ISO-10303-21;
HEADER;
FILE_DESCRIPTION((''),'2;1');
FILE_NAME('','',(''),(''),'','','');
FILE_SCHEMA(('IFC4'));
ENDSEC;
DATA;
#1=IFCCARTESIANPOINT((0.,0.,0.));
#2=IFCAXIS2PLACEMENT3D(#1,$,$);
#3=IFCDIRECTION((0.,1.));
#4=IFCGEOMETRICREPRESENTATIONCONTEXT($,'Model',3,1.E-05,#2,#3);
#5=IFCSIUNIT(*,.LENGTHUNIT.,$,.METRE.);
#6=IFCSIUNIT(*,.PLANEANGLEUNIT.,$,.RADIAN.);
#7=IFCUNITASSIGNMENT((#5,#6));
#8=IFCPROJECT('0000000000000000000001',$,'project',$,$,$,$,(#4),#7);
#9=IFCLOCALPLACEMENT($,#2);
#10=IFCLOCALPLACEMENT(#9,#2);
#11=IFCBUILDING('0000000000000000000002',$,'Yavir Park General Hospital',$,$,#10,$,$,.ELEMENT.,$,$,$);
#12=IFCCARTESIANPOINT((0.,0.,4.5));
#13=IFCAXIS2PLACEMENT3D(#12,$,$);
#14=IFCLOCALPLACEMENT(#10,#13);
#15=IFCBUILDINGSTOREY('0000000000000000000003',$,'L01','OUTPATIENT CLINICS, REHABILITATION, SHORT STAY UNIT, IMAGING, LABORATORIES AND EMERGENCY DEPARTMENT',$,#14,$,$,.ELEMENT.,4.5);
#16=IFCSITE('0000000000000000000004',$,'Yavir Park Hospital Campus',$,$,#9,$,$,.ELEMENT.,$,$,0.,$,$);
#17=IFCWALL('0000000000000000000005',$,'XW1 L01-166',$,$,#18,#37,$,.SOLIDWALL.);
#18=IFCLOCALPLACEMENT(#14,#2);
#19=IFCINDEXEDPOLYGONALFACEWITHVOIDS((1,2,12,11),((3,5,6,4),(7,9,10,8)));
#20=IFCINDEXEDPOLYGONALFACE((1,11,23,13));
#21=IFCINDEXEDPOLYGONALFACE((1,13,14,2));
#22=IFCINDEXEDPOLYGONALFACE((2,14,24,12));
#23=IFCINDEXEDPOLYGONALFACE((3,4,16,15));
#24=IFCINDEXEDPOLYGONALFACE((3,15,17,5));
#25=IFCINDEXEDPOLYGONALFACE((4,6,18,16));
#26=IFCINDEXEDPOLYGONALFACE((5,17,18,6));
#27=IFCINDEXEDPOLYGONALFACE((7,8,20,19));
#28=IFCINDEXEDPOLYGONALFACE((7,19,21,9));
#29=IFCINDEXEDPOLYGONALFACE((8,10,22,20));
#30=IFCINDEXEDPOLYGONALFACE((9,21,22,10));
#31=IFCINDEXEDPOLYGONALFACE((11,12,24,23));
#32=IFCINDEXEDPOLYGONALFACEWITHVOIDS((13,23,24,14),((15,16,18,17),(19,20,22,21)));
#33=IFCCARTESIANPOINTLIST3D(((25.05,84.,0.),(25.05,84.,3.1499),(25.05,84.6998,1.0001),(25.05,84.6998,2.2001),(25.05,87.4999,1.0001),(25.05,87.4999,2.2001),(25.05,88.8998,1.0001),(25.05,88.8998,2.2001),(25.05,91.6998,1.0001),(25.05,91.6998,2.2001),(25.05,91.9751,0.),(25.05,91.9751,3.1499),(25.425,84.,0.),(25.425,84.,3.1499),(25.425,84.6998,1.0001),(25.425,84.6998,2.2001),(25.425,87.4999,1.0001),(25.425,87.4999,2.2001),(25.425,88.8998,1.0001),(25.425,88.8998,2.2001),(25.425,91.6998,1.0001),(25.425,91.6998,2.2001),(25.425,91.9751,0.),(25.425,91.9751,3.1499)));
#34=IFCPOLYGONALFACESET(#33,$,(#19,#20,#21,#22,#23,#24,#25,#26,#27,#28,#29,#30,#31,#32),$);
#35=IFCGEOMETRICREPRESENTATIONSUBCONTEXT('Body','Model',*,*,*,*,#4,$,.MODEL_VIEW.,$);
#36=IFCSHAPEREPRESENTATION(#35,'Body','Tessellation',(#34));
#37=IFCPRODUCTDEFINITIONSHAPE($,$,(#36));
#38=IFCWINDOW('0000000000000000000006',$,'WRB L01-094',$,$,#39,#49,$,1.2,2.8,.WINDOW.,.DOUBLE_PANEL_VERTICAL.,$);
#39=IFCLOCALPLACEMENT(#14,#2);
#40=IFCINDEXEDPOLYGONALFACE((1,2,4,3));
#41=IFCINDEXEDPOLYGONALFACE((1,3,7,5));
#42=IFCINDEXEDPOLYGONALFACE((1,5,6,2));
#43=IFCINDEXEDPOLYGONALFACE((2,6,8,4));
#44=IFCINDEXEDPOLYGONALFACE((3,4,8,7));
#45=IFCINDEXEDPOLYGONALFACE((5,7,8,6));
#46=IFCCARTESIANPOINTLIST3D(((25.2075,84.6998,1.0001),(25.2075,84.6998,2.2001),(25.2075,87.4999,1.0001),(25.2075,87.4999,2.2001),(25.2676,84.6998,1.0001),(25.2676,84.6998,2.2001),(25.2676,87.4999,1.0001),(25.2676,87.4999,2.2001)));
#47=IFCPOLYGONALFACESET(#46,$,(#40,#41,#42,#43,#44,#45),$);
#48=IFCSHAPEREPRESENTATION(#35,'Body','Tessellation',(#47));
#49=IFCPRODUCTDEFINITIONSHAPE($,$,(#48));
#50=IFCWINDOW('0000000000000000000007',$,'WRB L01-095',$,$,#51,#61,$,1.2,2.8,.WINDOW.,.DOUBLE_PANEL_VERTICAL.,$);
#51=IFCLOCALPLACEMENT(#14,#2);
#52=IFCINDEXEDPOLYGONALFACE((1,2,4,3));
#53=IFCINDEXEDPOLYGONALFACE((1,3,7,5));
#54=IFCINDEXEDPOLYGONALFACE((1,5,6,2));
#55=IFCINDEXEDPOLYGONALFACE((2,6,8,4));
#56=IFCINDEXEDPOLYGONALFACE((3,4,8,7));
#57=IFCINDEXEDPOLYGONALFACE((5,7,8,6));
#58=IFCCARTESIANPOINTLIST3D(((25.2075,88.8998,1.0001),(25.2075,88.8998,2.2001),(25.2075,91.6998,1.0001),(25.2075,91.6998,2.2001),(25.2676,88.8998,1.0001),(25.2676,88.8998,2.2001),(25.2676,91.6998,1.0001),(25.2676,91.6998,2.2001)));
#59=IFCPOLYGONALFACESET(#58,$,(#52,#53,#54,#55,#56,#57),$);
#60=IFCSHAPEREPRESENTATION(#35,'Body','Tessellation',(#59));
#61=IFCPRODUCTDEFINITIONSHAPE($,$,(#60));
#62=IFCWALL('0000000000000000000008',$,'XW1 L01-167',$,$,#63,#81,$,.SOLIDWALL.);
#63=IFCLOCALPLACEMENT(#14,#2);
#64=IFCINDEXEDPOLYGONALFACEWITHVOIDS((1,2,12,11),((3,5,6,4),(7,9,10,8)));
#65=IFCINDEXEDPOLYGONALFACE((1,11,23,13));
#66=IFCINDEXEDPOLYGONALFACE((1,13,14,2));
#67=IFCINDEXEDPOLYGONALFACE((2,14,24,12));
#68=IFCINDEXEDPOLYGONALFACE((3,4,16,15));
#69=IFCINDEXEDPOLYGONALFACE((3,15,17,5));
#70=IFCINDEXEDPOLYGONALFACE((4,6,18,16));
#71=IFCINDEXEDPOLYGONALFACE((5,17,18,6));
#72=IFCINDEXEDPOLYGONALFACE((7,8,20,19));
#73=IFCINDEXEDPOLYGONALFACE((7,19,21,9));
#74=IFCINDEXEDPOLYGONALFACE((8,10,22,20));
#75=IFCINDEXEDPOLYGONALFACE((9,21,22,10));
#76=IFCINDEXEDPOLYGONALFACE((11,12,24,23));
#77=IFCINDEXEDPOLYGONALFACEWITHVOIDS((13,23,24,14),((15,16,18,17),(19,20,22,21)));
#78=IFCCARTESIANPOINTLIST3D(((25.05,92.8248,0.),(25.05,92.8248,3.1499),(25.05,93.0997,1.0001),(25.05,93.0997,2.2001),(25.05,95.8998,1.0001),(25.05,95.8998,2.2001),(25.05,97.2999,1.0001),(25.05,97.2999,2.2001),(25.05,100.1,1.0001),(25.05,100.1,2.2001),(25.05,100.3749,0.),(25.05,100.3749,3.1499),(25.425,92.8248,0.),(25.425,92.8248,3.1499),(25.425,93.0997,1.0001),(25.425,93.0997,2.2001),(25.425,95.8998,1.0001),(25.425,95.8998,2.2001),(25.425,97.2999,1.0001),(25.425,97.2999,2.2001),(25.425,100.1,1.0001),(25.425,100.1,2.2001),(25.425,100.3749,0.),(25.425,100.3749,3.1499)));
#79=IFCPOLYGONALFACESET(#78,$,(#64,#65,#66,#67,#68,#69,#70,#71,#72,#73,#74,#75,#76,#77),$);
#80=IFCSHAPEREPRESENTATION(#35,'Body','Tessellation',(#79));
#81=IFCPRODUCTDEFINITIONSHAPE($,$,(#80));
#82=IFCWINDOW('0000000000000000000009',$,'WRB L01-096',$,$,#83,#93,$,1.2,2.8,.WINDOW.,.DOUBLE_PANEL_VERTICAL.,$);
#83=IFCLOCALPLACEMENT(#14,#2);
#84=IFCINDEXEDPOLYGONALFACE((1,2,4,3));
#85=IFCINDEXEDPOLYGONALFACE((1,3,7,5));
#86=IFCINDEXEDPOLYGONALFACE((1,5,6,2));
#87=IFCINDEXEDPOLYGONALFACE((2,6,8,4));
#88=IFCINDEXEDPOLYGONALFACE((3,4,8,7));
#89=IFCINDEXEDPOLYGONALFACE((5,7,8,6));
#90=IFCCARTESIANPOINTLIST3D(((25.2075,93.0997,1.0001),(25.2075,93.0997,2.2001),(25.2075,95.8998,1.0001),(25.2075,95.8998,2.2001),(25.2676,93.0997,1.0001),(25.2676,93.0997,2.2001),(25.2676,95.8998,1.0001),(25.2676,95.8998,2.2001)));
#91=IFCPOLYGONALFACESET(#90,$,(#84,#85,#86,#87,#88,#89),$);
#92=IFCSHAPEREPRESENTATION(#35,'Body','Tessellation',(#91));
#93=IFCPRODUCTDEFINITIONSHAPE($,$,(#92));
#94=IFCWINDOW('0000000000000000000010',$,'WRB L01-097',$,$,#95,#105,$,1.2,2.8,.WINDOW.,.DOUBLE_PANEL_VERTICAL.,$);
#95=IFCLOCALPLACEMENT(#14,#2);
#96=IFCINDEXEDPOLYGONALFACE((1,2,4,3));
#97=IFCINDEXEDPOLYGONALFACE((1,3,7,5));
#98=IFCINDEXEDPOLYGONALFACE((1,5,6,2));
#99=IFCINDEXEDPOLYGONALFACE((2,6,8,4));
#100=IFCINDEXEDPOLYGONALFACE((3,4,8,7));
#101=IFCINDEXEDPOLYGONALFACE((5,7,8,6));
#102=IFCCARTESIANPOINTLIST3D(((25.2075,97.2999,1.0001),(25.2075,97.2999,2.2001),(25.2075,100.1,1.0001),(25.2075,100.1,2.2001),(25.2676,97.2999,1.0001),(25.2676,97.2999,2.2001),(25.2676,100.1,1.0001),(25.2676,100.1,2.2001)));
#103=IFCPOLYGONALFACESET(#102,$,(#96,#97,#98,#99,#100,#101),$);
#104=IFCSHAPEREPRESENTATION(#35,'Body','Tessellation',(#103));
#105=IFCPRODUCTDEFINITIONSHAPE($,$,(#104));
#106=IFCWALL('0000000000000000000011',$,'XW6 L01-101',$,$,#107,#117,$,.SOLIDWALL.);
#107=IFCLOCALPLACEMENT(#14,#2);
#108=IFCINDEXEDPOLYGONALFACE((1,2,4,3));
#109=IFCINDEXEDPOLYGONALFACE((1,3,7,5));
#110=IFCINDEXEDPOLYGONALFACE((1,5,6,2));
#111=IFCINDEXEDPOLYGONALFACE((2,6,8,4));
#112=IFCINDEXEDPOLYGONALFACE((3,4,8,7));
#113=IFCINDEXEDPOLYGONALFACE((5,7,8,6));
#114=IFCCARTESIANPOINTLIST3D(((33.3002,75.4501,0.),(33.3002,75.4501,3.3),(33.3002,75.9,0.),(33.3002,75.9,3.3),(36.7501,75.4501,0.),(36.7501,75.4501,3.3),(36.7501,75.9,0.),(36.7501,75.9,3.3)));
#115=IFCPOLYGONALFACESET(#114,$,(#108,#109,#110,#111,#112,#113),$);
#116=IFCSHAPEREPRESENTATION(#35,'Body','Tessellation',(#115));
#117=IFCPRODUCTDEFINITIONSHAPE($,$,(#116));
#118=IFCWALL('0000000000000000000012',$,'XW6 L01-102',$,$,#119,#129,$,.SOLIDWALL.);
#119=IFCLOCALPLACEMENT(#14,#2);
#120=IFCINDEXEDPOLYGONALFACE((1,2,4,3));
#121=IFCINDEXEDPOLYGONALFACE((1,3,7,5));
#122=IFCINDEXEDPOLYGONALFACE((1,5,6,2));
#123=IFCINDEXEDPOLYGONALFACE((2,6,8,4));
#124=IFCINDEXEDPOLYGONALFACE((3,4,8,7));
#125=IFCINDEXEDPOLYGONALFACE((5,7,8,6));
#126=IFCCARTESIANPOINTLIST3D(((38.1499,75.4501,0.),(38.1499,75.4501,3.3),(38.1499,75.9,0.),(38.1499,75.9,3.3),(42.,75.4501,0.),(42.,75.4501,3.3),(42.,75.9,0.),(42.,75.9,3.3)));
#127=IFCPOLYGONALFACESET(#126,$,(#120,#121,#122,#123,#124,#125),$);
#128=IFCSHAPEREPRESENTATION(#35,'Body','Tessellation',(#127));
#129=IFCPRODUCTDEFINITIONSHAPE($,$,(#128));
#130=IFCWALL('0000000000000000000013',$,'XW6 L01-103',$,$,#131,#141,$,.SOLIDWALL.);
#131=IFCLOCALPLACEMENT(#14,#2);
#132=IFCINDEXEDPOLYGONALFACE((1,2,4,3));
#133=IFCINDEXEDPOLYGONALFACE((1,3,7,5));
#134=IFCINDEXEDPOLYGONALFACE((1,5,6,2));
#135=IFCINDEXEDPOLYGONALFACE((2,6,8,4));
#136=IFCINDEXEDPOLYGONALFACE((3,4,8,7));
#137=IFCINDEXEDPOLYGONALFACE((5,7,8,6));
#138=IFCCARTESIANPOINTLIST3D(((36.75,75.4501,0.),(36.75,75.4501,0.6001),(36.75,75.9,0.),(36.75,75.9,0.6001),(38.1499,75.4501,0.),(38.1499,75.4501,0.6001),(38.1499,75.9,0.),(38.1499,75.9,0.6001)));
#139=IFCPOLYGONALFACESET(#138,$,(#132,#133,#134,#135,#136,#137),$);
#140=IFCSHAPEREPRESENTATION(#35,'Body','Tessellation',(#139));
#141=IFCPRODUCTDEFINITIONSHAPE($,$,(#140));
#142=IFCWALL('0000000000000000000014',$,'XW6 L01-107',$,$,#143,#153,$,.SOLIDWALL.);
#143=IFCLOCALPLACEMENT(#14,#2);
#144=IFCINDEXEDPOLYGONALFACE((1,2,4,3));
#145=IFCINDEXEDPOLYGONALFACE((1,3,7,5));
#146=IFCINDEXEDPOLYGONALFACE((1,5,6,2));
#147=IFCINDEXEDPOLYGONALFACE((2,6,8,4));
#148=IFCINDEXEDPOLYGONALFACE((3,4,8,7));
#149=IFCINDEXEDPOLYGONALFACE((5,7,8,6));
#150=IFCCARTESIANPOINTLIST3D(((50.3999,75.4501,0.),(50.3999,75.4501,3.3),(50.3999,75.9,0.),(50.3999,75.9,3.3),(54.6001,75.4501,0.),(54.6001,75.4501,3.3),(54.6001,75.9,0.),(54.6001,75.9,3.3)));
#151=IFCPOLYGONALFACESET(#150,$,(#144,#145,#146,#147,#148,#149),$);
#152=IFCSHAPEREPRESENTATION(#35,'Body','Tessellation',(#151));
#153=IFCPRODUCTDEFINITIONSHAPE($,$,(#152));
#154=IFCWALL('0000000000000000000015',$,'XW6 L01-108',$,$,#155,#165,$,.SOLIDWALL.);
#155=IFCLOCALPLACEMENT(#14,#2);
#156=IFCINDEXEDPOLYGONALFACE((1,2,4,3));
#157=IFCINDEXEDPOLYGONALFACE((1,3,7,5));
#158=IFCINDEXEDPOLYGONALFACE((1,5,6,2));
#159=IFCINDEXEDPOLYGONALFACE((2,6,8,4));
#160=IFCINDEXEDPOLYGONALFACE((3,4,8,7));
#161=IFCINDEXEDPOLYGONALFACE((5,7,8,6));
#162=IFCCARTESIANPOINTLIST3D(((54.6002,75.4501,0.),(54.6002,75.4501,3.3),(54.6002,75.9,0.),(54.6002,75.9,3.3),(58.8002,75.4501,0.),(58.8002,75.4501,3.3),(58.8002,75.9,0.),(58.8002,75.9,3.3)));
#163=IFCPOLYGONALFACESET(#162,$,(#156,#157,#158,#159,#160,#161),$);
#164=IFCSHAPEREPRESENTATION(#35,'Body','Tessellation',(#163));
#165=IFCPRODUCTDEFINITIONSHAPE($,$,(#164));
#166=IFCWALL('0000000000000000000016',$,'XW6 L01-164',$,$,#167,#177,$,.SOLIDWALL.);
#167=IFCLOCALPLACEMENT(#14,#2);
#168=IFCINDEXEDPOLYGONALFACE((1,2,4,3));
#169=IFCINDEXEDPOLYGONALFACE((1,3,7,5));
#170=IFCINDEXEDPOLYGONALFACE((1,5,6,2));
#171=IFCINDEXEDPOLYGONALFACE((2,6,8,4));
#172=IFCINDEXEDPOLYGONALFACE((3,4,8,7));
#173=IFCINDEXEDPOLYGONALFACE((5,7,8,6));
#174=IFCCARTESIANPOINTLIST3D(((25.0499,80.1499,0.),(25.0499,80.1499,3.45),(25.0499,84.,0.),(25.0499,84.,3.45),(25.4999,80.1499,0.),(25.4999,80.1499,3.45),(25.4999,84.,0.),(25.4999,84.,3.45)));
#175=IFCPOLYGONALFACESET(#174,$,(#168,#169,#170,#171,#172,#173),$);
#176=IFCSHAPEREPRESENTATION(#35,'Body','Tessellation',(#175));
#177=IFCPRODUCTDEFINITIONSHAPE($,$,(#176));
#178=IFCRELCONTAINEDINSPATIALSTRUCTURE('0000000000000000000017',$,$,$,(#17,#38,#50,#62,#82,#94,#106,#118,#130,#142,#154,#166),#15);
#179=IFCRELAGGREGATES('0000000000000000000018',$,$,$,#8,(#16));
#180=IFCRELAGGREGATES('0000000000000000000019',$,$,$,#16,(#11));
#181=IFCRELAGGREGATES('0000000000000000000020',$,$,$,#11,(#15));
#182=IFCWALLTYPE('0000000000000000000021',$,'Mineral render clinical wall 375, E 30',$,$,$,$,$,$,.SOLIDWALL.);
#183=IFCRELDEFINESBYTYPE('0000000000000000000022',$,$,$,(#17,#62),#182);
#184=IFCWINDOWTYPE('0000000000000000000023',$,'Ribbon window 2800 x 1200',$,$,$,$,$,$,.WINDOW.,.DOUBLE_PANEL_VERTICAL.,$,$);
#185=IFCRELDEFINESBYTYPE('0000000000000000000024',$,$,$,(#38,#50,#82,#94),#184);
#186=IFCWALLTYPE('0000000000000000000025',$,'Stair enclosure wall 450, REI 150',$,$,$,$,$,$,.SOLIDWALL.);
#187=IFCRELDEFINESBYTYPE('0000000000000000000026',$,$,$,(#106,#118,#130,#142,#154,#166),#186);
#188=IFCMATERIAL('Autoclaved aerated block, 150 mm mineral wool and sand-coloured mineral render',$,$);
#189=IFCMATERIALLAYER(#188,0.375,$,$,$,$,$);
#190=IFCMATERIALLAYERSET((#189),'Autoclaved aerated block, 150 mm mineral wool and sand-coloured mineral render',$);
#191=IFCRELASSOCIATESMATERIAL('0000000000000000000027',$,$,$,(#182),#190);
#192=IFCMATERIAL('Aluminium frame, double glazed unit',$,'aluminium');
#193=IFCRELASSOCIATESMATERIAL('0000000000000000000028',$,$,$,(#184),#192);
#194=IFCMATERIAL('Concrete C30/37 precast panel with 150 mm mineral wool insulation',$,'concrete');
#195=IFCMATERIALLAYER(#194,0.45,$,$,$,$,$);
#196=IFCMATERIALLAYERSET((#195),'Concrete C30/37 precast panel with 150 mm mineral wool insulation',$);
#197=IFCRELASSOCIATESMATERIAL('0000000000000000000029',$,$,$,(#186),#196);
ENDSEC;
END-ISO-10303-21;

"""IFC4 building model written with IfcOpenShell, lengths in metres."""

from ifc_helpers import new_model, si_unit, direction, frame, frame_2d, origin, place, context, subcontext, project, spatial, rectangle, extrude, material, layer, layer_set, type_object, element, fill, save


model = new_model("IFC4")

# Units and contexts
model_context = context("Model", 3, precision=1e-05, world=origin(), true_north=direction((0.0, 1.0)))
body_context = subcontext(model_context, "Body", "Model", "MODEL_VIEW")
ifc_project = project(units=[si_unit("LENGTHUNIT", "METRE"), si_unit("PLANEANGLEUNIT", "RADIAN")], contexts=[model_context])

# Site, building, storey
site_placement = place(None, origin())
site = spatial("IfcSite", under=ifc_project, at=site_placement, Name="Yavir Park Hospital Campus", CompositionType="ELEMENT", RefElevation=0.0)
building_placement = place(site_placement, origin())
building = spatial("IfcBuilding", under=site, at=building_placement, Name="Yavir Park General Hospital", CompositionType="ELEMENT")
storey_placement = place(building_placement, frame((0.0, 0.0, 4.5)))
storey = spatial("IfcBuildingStorey", under=building, at=storey_placement, Name="L01", Description="OUTPATIENT CLINICS, REHABILITATION, SHORT STAY UNIT, IMAGING, LABORATORIES AND EMERGENCY DEPARTMENT", CompositionType="ELEMENT", Elevation=4.5)

# Walls, openings, windows
ifc_material_1 = material(Name="Autoclaved aerated block, 150 mm mineral wool and sand-coloured mineral render")
ifc_layer_1 = layer(ifc_material_1, 0.375)
ifc_layer_set_1 = layer_set([ifc_layer_1], Name="Autoclaved aerated block, 150 mm mineral wool and sand-coloured mineral render")
wall_type_1 = type_object("IfcWallType", Name="Mineral render clinical wall 375, E 30", PredefinedType="SOLIDWALL", material=ifc_layer_set_1)
wall_1_placement = place(storey_placement, frame((25.2375, 84.0, 0.0), z_axis=(0.0, 0.0, 1.0), x_axis=(0.0, 1.0, 0.0)))
wall_1 = element("IfcWall", 1, at=wall_1_placement, inside=storey, type_object=wall_type_1, Name="XW1 L01-166", PredefinedType="SOLIDWALL", context=body_context, shape_type="SweptSolid", body=[
    extrude(rectangle(XDim=7.9751, YDim=0.375, at=frame_2d((3.9875, 0.0))), origin(), (0.0, 0.0, 1.0), 3.1499),
])
opening_1_placement = place(wall_1_placement, frame((0.7, 0.0, 1.0)))
opening_1 = element("IfcOpeningElement", 2, at=opening_1_placement, cuts=wall_1, PredefinedType="OPENING", context=body_context, shape_type="SweptSolid", body=[
    extrude(rectangle(XDim=2.8, YDim=1.2, at=frame_2d((1.3999, 0.6001))), frame((0.0, 0.1975, 0.0), z_axis=(0.0, -1.0, 0.0), x_axis=(1.0, 0.0, 0.0)), (0.0, 0.0, 1.0), 0.395),
])
opening_2_placement = place(wall_1_placement, frame((4.8999, 0.0, 1.0)))
opening_2 = element("IfcOpeningElement", 3, at=opening_2_placement, cuts=wall_1, PredefinedType="OPENING", context=body_context, shape_type="SweptSolid", body=[
    extrude(rectangle(XDim=2.8, YDim=1.2, at=frame_2d((1.3999, 0.6001))), frame((0.0, 0.1975, 0.0), z_axis=(0.0, -1.0, 0.0), x_axis=(1.0, 0.0, 0.0)), (0.0, 0.0, 1.0), 0.395),
])
ifc_material_2 = material(Name="Aluminium frame, double glazed unit", Category="aluminium")
window_type = type_object("IfcWindowType", Name="Ribbon window 2800 x 1200", PartitioningType="DOUBLE_PANEL_VERTICAL", PredefinedType="WINDOW", material=ifc_material_2)
window_1_placement = place(opening_1_placement, origin())
window_1 = element("IfcWindow", 4, at=window_1_placement, inside=storey, type_object=window_type, Name="WRB L01-094", OverallHeight=1.2, OverallWidth=2.8, PartitioningType="DOUBLE_PANEL_VERTICAL", PredefinedType="WINDOW", context=body_context, shape_type="SweptSolid", body=[
    extrude(rectangle(XDim=2.8, YDim=1.2, at=frame_2d((1.3999, 0.6001))), frame((0.0, 0.03, 0.0), z_axis=(0.0, -1.0, 0.0), x_axis=(1.0, 0.0, 0.0)), (0.0, 0.0, 1.0), 0.0601),
])
fill(opening_1, window_1)
window_2_placement = place(opening_2_placement, origin())
window_2 = element("IfcWindow", 5, at=window_2_placement, inside=storey, type_object=window_type, Name="WRB L01-095", OverallHeight=1.2, OverallWidth=2.8, PartitioningType="DOUBLE_PANEL_VERTICAL", PredefinedType="WINDOW", context=body_context, shape_type="SweptSolid", body=[
    extrude(rectangle(XDim=2.8, YDim=1.2, at=frame_2d((1.3999, 0.6001))), frame((0.0, 0.03, 0.0), z_axis=(0.0, -1.0, 0.0), x_axis=(1.0, 0.0, 0.0)), (0.0, 0.0, 1.0), 0.0601),
])
fill(opening_2, window_2)
wall_2_placement = place(storey_placement, frame((25.2375, 92.825, 0.0), z_axis=(0.0, 0.0, 1.0), x_axis=(0.0, 1.0, 0.0)))
wall_2 = element("IfcWall", 6, at=wall_2_placement, inside=storey, type_object=wall_type_1, Name="XW1 L01-167", PredefinedType="SOLIDWALL", context=body_context, shape_type="SweptSolid", body=[
    extrude(rectangle(XDim=7.55, YDim=0.375, at=frame_2d((3.7749, 0.0))), origin(), (0.0, 0.0, 1.0), 3.1499),
])
opening_3_placement = place(wall_2_placement, frame((0.2749, 0.0, 1.0)))
opening_3 = element("IfcOpeningElement", 7, at=opening_3_placement, cuts=wall_2, PredefinedType="OPENING", context=body_context, shape_type="SweptSolid", body=[
    extrude(rectangle(XDim=2.8, YDim=1.2, at=frame_2d((1.3999, 0.6001))), frame((0.0, 0.1975, 0.0), z_axis=(0.0, -1.0, 0.0), x_axis=(1.0, 0.0, 0.0)), (0.0, 0.0, 1.0), 0.395),
])
opening_4_placement = place(wall_2_placement, frame((4.4751, 0.0, 1.0)))
opening_4 = element("IfcOpeningElement", 8, at=opening_4_placement, cuts=wall_2, PredefinedType="OPENING", context=body_context, shape_type="SweptSolid", body=[
    extrude(rectangle(XDim=2.8, YDim=1.2, at=frame_2d((1.3999, 0.6001))), frame((0.0, 0.1975, 0.0), z_axis=(0.0, -1.0, 0.0), x_axis=(1.0, 0.0, 0.0)), (0.0, 0.0, 1.0), 0.395),
])
window_3_placement = place(opening_3_placement, origin())
window_3 = element("IfcWindow", 9, at=window_3_placement, inside=storey, type_object=window_type, Name="WRB L01-096", OverallHeight=1.2, OverallWidth=2.8, PartitioningType="DOUBLE_PANEL_VERTICAL", PredefinedType="WINDOW", context=body_context, shape_type="SweptSolid", body=[
    extrude(rectangle(XDim=2.8, YDim=1.2, at=frame_2d((1.3999, 0.6001))), frame((0.0, 0.03, 0.0), z_axis=(0.0, -1.0, 0.0), x_axis=(1.0, 0.0, 0.0)), (0.0, 0.0, 1.0), 0.0601),
])
fill(opening_3, window_3)
window_4_placement = place(opening_4_placement, origin())
window_4 = element("IfcWindow", 10, at=window_4_placement, inside=storey, type_object=window_type, Name="WRB L01-097", OverallHeight=1.2, OverallWidth=2.8, PartitioningType="DOUBLE_PANEL_VERTICAL", PredefinedType="WINDOW", context=body_context, shape_type="SweptSolid", body=[
    extrude(rectangle(XDim=2.8, YDim=1.2, at=frame_2d((1.3999, 0.6001))), frame((0.0, 0.03, 0.0), z_axis=(0.0, -1.0, 0.0), x_axis=(1.0, 0.0, 0.0)), (0.0, 0.0, 1.0), 0.0601),
])
fill(opening_4, window_4)

# Walls
ifc_material_3 = material(Name="Concrete C30/37 precast panel with 150 mm mineral wool insulation", Category="concrete")
ifc_layer_2 = layer(ifc_material_3, 0.45)
ifc_layer_set_2 = layer_set([ifc_layer_2], Name="Concrete C30/37 precast panel with 150 mm mineral wool insulation")
wall_type_2 = type_object("IfcWallType", Name="Stair enclosure wall 450, REI 150", PredefinedType="SOLIDWALL", material=ifc_layer_set_2)
wall_3_placement = place(storey_placement, frame((33.3, 75.675, 0.0), z_axis=(0.0, 0.0, 1.0), x_axis=(1.0, 0.0, 0.0)))
element("IfcWall", 11, at=wall_3_placement, inside=storey, type_object=wall_type_2, Name="XW6 L01-101", PredefinedType="SOLIDWALL", context=body_context, shape_type="SweptSolid", body=[
    extrude(rectangle(XDim=3.45, YDim=0.45, at=frame_2d((1.7251, 0.0))), origin(), (0.0, 0.0, 1.0), 3.3),
])
wall_4_placement = place(storey_placement, frame((38.1499, 75.675, 0.0), z_axis=(0.0, 0.0, 1.0), x_axis=(1.0, 0.0, 0.0)))
element("IfcWall", 12, at=wall_4_placement, inside=storey, type_object=wall_type_2, Name="XW6 L01-102", PredefinedType="SOLIDWALL", context=body_context, shape_type="SweptSolid", body=[
    extrude(rectangle(XDim=3.8501, YDim=0.45, at=frame_2d((1.925, 0.0))), origin(), (0.0, 0.0, 1.0), 3.3),
])
wall_5_placement = place(storey_placement, frame((36.75, 75.675, 0.0), z_axis=(0.0, 0.0, 1.0), x_axis=(1.0, 0.0, 0.0)))
element("IfcWall", 13, at=wall_5_placement, inside=storey, type_object=wall_type_2, Name="XW6 L01-103", PredefinedType="SOLIDWALL", context=body_context, shape_type="SweptSolid", body=[
    extrude(rectangle(XDim=1.3999, YDim=0.45, at=frame_2d((0.7, 0.0))), origin(), (0.0, 0.0, 1.0), 0.6001),
])
wall_6_placement = place(storey_placement, frame((50.3999, 75.675, 0.0), z_axis=(0.0, 0.0, 1.0), x_axis=(1.0, 0.0, 0.0)))
element("IfcWall", 14, at=wall_6_placement, inside=storey, type_object=wall_type_2, Name="XW6 L01-107", PredefinedType="SOLIDWALL", context=body_context, shape_type="SweptSolid", body=[
    extrude(rectangle(XDim=4.2002, YDim=0.45, at=frame_2d((2.1001, 0.0))), origin(), (0.0, 0.0, 1.0), 3.3),
])
wall_7_placement = place(storey_placement, frame((54.6001, 75.675, 0.0), z_axis=(0.0, 0.0, 1.0), x_axis=(1.0, 0.0, 0.0)))
element("IfcWall", 15, at=wall_7_placement, inside=storey, type_object=wall_type_2, Name="XW6 L01-108", PredefinedType="SOLIDWALL", context=body_context, shape_type="SweptSolid", body=[
    extrude(rectangle(XDim=4.2, YDim=0.45, at=frame_2d((2.1001, 0.0))), origin(), (0.0, 0.0, 1.0), 3.3),
])
wall_8_placement = place(storey_placement, frame((25.2749, 80.1499, 0.0), z_axis=(0.0, 0.0, 1.0), x_axis=(0.0, 1.0, 0.0)))
element("IfcWall", 16, at=wall_8_placement, inside=storey, type_object=wall_type_2, Name="XW6 L01-164", PredefinedType="SOLIDWALL", context=body_context, shape_type="SweptSolid", body=[
    extrude(rectangle(XDim=3.8501, YDim=0.45, at=frame_2d((1.925, 0.0))), origin(), (0.0, 0.0, 1.0), 3.45),
])

save(model, "model.ifc")
